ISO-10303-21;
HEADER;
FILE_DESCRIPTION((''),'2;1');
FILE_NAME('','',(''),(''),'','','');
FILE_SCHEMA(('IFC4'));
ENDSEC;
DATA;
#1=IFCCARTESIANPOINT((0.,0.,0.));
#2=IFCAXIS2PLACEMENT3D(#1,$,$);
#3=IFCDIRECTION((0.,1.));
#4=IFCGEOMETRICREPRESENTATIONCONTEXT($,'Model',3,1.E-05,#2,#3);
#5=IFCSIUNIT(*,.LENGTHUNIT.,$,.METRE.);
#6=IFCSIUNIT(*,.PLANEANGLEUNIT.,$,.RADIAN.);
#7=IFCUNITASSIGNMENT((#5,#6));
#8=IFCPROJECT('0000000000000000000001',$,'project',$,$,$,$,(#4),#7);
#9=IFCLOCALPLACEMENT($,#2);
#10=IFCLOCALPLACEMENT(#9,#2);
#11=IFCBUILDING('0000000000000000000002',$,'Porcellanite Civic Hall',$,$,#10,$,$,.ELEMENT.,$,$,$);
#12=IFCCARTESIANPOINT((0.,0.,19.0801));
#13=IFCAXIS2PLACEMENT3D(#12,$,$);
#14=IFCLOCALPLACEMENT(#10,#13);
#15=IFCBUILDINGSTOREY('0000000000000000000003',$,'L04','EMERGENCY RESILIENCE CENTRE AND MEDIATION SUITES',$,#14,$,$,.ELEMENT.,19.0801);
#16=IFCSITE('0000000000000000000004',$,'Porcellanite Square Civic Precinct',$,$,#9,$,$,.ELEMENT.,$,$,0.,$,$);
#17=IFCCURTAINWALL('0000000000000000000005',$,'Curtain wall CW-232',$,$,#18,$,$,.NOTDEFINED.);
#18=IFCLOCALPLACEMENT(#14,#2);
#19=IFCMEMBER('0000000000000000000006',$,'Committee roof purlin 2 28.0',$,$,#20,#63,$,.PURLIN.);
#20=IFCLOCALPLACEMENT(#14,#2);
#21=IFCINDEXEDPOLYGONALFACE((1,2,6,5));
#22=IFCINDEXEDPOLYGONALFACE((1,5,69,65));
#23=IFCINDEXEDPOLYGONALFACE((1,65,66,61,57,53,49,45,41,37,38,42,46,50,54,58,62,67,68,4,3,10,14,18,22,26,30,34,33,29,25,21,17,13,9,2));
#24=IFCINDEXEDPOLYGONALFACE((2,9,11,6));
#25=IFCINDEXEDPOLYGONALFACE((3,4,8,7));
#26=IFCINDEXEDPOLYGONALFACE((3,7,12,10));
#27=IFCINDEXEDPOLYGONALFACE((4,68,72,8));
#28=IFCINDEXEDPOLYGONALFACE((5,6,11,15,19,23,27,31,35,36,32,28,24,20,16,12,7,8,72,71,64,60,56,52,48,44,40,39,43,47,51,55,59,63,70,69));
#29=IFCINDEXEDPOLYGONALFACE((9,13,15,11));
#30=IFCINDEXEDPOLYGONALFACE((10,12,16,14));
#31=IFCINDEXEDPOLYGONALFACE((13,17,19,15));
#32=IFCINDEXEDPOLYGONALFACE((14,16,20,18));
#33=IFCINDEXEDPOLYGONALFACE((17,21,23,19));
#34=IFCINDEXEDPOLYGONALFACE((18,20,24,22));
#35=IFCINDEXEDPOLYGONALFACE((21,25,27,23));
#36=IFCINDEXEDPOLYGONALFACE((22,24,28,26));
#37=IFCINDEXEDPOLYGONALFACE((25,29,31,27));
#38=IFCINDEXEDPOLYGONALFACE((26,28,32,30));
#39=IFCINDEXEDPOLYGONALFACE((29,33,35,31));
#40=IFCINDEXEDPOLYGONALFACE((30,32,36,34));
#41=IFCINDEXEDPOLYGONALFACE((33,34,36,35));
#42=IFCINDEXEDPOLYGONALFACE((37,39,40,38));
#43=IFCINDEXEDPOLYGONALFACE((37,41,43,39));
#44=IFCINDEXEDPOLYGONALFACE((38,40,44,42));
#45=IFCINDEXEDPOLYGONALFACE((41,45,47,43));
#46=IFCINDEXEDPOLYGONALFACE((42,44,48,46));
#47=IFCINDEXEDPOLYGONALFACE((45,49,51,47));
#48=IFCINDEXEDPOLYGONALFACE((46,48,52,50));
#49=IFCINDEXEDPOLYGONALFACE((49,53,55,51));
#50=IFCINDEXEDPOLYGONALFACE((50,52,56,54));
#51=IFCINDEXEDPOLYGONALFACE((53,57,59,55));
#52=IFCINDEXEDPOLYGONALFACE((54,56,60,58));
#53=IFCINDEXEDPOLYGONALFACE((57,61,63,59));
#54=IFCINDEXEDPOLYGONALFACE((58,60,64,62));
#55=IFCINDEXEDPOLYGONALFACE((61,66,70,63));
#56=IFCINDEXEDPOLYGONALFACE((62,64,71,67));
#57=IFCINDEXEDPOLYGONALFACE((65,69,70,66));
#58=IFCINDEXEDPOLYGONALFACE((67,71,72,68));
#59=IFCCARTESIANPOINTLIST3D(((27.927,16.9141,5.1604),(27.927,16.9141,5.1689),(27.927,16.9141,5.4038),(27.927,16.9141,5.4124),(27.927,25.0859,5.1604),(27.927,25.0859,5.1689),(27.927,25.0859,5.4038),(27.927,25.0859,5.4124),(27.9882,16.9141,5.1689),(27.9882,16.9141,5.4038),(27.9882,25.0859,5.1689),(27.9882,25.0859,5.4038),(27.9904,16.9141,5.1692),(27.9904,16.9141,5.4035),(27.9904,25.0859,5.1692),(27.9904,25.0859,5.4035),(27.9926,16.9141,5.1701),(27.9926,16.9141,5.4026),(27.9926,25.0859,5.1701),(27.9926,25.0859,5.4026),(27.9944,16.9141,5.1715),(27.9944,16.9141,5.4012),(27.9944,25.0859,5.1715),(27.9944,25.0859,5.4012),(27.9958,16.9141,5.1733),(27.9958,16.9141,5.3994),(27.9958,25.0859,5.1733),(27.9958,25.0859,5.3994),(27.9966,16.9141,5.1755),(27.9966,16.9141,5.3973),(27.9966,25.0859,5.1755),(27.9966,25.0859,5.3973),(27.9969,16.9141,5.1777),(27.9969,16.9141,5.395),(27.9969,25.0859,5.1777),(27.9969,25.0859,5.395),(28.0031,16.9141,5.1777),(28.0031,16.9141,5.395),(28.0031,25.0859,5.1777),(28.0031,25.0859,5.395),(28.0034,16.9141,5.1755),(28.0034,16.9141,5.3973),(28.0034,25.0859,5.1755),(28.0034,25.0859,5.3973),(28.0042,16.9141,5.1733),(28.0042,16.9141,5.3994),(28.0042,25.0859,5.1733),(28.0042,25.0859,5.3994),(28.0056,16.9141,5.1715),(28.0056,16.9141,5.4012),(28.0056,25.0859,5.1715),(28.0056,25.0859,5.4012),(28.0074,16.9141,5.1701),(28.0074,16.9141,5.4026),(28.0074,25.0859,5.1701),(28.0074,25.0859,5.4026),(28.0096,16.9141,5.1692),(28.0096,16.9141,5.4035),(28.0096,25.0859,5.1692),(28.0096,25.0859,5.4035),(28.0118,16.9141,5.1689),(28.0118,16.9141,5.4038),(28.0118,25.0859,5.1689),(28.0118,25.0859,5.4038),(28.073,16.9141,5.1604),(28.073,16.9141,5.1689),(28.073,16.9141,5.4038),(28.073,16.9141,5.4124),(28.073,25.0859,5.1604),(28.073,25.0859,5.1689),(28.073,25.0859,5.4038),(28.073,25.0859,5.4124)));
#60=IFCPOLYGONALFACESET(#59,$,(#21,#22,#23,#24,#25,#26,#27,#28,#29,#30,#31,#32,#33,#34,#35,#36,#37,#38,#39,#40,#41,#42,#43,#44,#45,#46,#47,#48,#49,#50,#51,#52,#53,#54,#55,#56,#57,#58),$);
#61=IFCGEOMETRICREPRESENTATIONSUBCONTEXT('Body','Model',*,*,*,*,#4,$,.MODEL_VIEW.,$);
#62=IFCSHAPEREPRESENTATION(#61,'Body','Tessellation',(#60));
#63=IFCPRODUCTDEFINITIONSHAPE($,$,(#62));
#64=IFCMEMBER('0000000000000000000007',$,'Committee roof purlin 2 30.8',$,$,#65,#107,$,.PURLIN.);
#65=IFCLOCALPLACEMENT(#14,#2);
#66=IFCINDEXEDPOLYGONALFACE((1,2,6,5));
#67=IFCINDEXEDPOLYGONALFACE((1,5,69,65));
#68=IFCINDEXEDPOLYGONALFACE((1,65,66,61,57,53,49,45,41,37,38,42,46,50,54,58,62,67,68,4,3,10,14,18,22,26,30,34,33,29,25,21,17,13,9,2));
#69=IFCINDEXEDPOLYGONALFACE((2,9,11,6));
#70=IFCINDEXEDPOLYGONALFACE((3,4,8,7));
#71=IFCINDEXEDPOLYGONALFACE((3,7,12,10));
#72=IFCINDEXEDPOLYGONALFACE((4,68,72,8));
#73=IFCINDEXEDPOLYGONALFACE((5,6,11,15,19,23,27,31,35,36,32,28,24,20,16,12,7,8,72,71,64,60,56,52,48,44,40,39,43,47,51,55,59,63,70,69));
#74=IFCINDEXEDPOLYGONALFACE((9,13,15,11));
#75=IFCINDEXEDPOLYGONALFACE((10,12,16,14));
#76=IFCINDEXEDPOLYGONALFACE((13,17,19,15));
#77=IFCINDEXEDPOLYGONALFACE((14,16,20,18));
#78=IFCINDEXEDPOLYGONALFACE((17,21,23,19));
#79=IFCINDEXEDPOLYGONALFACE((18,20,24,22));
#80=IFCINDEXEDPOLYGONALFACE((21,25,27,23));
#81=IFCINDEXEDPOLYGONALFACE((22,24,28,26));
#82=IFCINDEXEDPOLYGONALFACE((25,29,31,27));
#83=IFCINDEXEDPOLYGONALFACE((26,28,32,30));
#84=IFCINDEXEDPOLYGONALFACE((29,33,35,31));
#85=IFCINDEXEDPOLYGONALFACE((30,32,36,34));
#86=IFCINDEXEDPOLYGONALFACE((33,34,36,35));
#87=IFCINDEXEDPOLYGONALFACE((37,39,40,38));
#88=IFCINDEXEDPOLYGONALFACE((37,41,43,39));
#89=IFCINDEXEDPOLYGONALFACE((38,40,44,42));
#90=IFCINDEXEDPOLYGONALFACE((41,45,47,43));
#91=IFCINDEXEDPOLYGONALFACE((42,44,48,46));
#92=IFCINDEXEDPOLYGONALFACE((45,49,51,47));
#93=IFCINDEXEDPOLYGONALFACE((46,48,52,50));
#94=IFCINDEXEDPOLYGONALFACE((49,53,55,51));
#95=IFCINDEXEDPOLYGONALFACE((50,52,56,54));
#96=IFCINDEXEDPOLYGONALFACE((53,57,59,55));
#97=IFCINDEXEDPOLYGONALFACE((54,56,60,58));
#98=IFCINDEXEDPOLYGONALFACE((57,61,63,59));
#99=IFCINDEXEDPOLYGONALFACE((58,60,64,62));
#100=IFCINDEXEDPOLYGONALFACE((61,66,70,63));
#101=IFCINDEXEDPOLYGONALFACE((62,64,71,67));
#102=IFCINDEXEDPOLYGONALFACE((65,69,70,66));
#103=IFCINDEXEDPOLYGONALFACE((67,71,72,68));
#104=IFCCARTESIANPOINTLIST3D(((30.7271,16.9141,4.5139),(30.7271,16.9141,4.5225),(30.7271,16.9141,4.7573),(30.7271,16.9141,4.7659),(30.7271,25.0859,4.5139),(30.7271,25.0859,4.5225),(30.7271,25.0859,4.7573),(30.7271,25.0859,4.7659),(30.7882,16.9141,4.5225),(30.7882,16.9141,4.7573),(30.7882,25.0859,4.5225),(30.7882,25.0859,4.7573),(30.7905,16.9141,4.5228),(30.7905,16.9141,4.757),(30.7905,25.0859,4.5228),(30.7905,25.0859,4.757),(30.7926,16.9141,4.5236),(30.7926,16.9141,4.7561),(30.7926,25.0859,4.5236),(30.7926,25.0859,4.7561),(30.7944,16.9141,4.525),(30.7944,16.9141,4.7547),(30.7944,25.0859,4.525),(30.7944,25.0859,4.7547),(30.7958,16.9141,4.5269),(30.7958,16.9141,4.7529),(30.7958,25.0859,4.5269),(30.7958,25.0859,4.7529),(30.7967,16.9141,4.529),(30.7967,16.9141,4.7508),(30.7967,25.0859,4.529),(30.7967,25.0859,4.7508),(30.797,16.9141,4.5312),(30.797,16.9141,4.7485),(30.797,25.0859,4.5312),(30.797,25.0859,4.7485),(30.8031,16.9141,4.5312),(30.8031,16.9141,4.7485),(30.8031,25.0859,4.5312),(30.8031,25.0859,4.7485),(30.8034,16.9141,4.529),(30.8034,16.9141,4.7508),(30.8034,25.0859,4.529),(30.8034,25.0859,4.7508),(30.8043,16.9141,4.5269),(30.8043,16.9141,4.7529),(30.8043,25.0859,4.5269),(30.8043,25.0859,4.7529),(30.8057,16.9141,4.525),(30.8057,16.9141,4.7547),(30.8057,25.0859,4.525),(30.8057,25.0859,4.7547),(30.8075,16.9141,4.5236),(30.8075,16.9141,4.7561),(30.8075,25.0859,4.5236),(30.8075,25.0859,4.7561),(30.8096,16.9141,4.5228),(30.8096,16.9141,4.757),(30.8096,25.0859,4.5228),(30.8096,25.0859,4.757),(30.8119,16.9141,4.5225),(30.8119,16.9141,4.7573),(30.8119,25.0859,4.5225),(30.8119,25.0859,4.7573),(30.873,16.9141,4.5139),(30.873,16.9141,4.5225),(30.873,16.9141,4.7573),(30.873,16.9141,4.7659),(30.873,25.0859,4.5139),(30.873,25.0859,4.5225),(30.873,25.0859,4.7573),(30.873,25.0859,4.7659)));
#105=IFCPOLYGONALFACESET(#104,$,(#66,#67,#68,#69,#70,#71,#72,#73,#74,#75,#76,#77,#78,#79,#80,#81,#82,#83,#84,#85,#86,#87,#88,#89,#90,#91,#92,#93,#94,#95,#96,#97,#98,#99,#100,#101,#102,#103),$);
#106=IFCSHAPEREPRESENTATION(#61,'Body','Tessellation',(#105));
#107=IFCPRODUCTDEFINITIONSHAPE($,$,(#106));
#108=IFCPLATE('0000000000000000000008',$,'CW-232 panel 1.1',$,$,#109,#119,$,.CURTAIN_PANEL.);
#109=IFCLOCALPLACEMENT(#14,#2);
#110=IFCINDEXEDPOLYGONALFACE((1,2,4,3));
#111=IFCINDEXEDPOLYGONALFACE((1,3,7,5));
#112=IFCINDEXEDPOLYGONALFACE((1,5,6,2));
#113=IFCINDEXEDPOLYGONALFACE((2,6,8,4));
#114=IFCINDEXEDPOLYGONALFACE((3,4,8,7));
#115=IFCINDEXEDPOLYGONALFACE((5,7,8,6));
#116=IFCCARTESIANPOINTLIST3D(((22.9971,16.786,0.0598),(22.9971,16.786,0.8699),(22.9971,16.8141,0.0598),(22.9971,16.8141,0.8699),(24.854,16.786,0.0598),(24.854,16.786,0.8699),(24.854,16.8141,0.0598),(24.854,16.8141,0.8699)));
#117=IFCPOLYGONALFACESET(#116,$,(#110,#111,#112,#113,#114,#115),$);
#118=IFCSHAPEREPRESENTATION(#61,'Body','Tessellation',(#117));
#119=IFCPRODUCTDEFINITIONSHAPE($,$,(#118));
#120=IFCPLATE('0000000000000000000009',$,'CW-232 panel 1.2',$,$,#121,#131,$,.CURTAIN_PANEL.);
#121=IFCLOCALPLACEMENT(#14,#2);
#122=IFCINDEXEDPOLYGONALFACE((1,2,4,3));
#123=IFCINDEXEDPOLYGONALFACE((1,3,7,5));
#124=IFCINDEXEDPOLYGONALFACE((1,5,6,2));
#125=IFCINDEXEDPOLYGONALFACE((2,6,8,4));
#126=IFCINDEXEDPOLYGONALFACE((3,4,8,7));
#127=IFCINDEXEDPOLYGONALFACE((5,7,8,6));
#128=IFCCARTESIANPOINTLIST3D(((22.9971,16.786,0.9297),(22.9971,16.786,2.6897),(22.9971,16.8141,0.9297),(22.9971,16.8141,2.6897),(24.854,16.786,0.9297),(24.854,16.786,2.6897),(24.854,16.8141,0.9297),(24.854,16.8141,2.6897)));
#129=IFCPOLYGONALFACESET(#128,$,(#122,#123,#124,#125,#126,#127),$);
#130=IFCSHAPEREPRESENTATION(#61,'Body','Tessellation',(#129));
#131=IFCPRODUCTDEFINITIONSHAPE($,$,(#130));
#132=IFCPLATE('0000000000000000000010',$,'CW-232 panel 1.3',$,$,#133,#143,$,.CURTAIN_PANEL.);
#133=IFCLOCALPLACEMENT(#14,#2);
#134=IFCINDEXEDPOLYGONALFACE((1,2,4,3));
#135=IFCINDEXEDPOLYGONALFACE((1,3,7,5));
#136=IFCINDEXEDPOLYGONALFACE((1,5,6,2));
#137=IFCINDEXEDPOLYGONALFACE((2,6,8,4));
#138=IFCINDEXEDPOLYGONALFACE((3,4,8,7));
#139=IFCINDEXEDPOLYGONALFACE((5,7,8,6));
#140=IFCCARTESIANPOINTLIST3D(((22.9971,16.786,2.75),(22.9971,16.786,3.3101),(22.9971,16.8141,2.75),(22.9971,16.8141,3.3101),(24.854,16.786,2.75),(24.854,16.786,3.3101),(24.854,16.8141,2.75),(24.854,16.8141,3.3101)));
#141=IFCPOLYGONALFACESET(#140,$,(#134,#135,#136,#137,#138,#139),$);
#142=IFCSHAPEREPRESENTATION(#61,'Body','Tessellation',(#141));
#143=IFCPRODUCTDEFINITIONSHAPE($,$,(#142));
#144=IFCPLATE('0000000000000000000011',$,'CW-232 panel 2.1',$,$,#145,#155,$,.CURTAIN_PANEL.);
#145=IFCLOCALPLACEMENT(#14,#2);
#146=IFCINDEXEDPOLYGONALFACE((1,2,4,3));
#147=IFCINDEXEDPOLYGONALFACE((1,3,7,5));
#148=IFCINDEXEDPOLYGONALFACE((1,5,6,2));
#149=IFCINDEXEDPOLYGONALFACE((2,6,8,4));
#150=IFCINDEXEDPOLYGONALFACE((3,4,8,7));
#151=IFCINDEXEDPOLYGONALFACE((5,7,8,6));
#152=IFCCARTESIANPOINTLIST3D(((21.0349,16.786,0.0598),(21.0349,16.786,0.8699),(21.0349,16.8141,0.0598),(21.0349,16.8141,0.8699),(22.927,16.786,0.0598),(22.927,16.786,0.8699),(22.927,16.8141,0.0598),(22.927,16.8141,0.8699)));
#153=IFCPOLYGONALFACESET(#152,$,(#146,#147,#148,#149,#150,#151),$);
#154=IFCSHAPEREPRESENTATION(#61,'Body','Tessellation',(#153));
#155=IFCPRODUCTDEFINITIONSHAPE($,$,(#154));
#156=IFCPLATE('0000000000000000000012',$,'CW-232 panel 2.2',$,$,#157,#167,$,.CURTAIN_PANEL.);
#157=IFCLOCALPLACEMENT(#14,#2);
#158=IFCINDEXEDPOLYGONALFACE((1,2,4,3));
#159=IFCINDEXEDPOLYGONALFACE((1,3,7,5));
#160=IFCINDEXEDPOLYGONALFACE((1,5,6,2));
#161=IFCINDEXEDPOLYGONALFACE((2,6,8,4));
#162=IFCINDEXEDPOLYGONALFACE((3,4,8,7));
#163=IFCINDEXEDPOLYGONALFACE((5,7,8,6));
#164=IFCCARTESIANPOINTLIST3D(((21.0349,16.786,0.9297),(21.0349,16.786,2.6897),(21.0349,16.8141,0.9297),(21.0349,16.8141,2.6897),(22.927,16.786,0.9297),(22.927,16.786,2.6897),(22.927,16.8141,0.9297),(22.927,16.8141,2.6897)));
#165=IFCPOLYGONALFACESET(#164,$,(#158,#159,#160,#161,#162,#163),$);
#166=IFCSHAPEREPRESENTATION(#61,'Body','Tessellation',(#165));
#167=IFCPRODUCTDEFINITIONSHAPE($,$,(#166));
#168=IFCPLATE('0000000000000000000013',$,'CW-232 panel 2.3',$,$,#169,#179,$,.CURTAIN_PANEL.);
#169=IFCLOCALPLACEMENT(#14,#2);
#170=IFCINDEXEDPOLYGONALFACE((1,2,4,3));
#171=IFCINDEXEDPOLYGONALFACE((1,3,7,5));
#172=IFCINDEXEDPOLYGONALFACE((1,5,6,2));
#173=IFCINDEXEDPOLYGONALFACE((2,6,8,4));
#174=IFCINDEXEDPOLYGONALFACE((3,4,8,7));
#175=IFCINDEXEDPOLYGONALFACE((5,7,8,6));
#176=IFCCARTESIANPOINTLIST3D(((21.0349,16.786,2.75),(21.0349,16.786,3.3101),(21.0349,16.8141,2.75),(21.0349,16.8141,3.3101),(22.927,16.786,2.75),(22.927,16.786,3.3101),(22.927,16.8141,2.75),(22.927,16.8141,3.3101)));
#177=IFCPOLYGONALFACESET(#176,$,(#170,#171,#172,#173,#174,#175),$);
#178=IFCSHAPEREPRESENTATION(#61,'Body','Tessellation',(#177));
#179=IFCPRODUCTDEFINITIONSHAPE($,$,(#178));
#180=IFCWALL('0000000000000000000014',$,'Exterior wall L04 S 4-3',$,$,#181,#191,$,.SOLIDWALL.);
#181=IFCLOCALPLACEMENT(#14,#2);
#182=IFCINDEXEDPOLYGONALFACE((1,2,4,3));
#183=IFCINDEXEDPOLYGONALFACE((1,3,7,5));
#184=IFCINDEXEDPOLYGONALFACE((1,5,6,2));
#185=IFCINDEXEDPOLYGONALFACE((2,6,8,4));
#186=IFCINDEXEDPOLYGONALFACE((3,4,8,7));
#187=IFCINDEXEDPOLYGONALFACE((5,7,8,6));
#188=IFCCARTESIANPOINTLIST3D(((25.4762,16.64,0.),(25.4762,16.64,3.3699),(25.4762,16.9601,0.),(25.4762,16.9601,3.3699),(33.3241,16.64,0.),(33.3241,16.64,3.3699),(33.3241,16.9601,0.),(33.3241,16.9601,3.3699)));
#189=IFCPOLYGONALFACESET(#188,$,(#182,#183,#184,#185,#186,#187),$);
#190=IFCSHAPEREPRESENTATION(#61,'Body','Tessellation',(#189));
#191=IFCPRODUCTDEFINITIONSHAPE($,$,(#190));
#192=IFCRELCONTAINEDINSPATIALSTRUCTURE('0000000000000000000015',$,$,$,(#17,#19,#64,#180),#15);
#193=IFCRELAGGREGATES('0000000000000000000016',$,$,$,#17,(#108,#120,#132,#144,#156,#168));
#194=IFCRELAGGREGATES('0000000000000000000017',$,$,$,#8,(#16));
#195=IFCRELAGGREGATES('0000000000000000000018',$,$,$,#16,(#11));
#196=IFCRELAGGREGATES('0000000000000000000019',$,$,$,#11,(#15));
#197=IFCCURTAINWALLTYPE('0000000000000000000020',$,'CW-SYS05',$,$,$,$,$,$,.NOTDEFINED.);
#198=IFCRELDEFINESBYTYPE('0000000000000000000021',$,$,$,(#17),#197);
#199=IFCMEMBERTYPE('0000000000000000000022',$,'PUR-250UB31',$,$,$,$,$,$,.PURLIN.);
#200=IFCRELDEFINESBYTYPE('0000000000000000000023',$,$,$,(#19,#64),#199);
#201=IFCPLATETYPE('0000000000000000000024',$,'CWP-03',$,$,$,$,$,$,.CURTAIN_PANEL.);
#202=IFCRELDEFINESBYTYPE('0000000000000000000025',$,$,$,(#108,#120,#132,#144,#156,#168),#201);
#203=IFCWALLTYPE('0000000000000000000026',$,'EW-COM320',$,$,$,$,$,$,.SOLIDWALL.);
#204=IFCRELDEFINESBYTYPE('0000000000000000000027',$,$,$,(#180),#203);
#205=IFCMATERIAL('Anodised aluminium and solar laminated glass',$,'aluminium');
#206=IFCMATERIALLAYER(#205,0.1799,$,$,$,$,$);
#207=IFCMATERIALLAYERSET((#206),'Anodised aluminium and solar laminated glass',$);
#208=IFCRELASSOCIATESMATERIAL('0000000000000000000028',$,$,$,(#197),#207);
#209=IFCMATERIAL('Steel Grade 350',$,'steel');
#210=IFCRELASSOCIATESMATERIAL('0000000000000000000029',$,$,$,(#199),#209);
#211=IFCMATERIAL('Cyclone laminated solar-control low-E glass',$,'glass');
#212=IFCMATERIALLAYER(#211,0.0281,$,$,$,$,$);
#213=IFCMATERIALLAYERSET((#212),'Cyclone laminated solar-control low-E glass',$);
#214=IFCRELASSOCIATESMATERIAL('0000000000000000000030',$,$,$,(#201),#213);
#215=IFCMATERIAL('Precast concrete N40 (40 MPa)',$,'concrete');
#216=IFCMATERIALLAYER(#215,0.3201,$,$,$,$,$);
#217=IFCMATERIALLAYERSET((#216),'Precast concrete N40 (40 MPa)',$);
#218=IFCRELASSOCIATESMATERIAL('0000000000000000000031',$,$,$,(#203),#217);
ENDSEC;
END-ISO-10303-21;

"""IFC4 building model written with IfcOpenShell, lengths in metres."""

from ifc_helpers import new_model, si_unit, direction, frame, frame_2d, origin, origin_2d, place, context, subcontext, project, spatial, rectangle, i_section, extrude, material, layer, layer_set, material_profile, profile_set, type_object, element, aggregate, save


model = new_model("IFC4")

# Units and contexts
model_context = context("Model", 3, precision=1e-05, world=origin(), true_north=direction((0.0, 1.0)))
body_context = subcontext(model_context, "Body", "Model", "MODEL_VIEW")
ifc_project = project(units=[si_unit("LENGTHUNIT", "METRE"), si_unit("PLANEANGLEUNIT", "RADIAN")], contexts=[model_context])

# Site, building, storey
site_placement = place(None, origin())
site = spatial("IfcSite", under=ifc_project, at=site_placement, Name="Porcellanite Square Civic Precinct", CompositionType="ELEMENT", RefElevation=0.0)
building_placement = place(site_placement, origin())
building = spatial("IfcBuilding", under=site, at=building_placement, Name="Porcellanite Civic Hall", CompositionType="ELEMENT")
storey_placement = place(building_placement, frame((0.0, 0.0, 19.0801)))
storey = spatial("IfcBuildingStorey", under=building, at=storey_placement, Name="L04", Description="EMERGENCY RESILIENCE CENTRE AND MEDIATION SUITES", CompositionType="ELEMENT", Elevation=19.0801)

# Curtain wall
ifc_material_1 = material(Name="Anodised aluminium and solar laminated glass", Category="aluminium")
ifc_layer_1 = layer(ifc_material_1, 0.1799)
ifc_layer_set_1 = layer_set([ifc_layer_1], Name="Anodised aluminium and solar laminated glass")
curtain_wall_type = type_object("IfcCurtainWallType", Name="CW-SYS05", PredefinedType="NOTDEFINED", material=ifc_layer_set_1)
curtain_wall_placement = place(storey_placement, origin())
curtain_wall = element("IfcCurtainWall", 1, at=curtain_wall_placement, inside=storey, type_object=curtain_wall_type, Name="Curtain wall CW-232", PredefinedType="NOTDEFINED")

# Members
ifc_material_2 = material(Name="Steel Grade 350", Category="steel")
ifc_material_profile_1 = material_profile(ifc_material_2, i_section(OverallWidth=0.146, OverallDepth=0.252, WebThickness=0.0061, FlangeThickness=0.0085, FilletRadius=0.0088, at=origin_2d()), Name="250UB31.4")
ifc_profile_set_1 = profile_set([ifc_material_profile_1], Name="Steel Grade 350")
member_type_1 = type_object("IfcMemberType", Name="PUR-250UB31", PredefinedType="PURLIN", material=ifc_profile_set_1)
for number, where, z_axis, x_axis, name in (
    (2, (28.0, 16.9141, 5.2864), (0.0, 1.0, 0.0), (-1.0, 0.0, 0.0), "Committee roof purlin 2 28.0"),
    (3, (30.8, 16.9141, 4.6399), (0.0, 1.0, 0.0), (-1.0, 0.0, 0.0), "Committee roof purlin 2 30.8"),
):
    element("IfcMember", number, at=place(storey_placement, frame(where, z_axis=z_axis, x_axis=x_axis)), inside=storey, type_object=member_type_1, Name=name, PredefinedType="PURLIN", context=body_context, shape_type="SweptSolid", body=[
        extrude(i_section(OverallWidth=0.146, OverallDepth=0.252, WebThickness=0.0061, FlangeThickness=0.0085, FilletRadius=0.0088, at=origin_2d()), origin(), (0.0, 0.0, 1.0), 8.1719),
    ])

# Plates
ifc_material_3 = material(Name="Cyclone laminated solar-control low-E glass", Category="glass")
ifc_layer_2 = layer(ifc_material_3, 0.0281)
ifc_layer_set_2 = layer_set([ifc_layer_2], Name="Cyclone laminated solar-control low-E glass")
plate_type = type_object("IfcPlateType", Name="CWP-03", PredefinedType="CURTAIN_PANEL", material=ifc_layer_set_2)
plate_1_placement = place(storey_placement, frame((23.9255, 16.8, 0.0598), z_axis=(0.0, 0.0, 1.0), x_axis=(-1.0, 0.0, 0.0)))
plate_1 = element("IfcPlate", 4, at=plate_1_placement, type_object=plate_type, Name="CW-232 panel 1.1", PredefinedType="CURTAIN_PANEL", context=body_context, shape_type="SweptSolid", body=[
    extrude(rectangle(XDim=1.8569, YDim=0.0281, at=origin_2d()), origin(), (0.0, 0.0, 1.0), 0.8101),
])
plate_2_placement = place(storey_placement, frame((23.9255, 16.8, 0.9297), z_axis=(0.0, 0.0, 1.0), x_axis=(-1.0, 0.0, 0.0)))
plate_2 = element("IfcPlate", 5, at=plate_2_placement, type_object=plate_type, Name="CW-232 panel 1.2", PredefinedType="CURTAIN_PANEL", context=body_context, shape_type="SweptSolid", body=[
    extrude(rectangle(XDim=1.8569, YDim=0.0281, at=origin_2d()), origin(), (0.0, 0.0, 1.0), 1.76),
])
plate_3_placement = place(storey_placement, frame((23.9255, 16.8, 2.75), z_axis=(0.0, 0.0, 1.0), x_axis=(-1.0, 0.0, 0.0)))
plate_3 = element("IfcPlate", 6, at=plate_3_placement, type_object=plate_type, Name="CW-232 panel 1.3", PredefinedType="CURTAIN_PANEL", context=body_context, shape_type="SweptSolid", body=[
    extrude(rectangle(XDim=1.8569, YDim=0.0281, at=origin_2d()), origin(), (0.0, 0.0, 1.0), 0.5601),
])
plate_4_placement = place(storey_placement, frame((21.981, 16.8, 0.0598), z_axis=(0.0, 0.0, 1.0), x_axis=(-1.0, 0.0, 0.0)))
plate_4 = element("IfcPlate", 7, at=plate_4_placement, type_object=plate_type, Name="CW-232 panel 2.1", PredefinedType="CURTAIN_PANEL", context=body_context, shape_type="SweptSolid", body=[
    extrude(rectangle(XDim=1.8921, YDim=0.0281, at=origin_2d()), origin(), (0.0, 0.0, 1.0), 0.8101),
])
plate_5_placement = place(storey_placement, frame((21.981, 16.8, 0.9297), z_axis=(0.0, 0.0, 1.0), x_axis=(-1.0, 0.0, 0.0)))
plate_5 = element("IfcPlate", 8, at=plate_5_placement, type_object=plate_type, Name="CW-232 panel 2.2", PredefinedType="CURTAIN_PANEL", context=body_context, shape_type="SweptSolid", body=[
    extrude(rectangle(XDim=1.8921, YDim=0.0281, at=origin_2d()), origin(), (0.0, 0.0, 1.0), 1.76),
])
plate_6_placement = place(storey_placement, frame((21.981, 16.8, 2.75), z_axis=(0.0, 0.0, 1.0), x_axis=(-1.0, 0.0, 0.0)))
plate_6 = element("IfcPlate", 9, at=plate_6_placement, type_object=plate_type, Name="CW-232 panel 2.3", PredefinedType="CURTAIN_PANEL", context=body_context, shape_type="SweptSolid", body=[
    extrude(rectangle(XDim=1.8921, YDim=0.0281, at=origin_2d()), origin(), (0.0, 0.0, 1.0), 0.5601),
])
aggregate(curtain_wall, [plate_1, plate_2, plate_3, plate_4, plate_5, plate_6])

# Wall
ifc_material_4 = material(Name="Precast concrete N40 (40 MPa)", Category="concrete")
ifc_layer_3 = layer(ifc_material_4, 0.3201)
ifc_layer_set_3 = layer_set([ifc_layer_3], Name="Precast concrete N40 (40 MPa)")
wall_type_1 = type_object("IfcWallType", Name="EW-COM320", PredefinedType="SOLIDWALL", material=ifc_layer_set_3)
wall_1_placement = place(storey_placement, frame((33.324, 16.8, 0.0), z_axis=(0.0, 0.0, 1.0), x_axis=(-1.0, 0.0, 0.0)))
element("IfcWall", 10, at=wall_1_placement, inside=storey, type_object=wall_type_1, Name="Exterior wall L04 S 4-3", PredefinedType="SOLIDWALL", context=body_context, shape_type="SweptSolid", body=[
    extrude(rectangle(XDim=7.8479, YDim=0.3201, at=frame_2d((3.9238, 0.0))), origin(), (0.0, 0.0, 1.0), 3.3699),
])

save(model, "model.ifc")
